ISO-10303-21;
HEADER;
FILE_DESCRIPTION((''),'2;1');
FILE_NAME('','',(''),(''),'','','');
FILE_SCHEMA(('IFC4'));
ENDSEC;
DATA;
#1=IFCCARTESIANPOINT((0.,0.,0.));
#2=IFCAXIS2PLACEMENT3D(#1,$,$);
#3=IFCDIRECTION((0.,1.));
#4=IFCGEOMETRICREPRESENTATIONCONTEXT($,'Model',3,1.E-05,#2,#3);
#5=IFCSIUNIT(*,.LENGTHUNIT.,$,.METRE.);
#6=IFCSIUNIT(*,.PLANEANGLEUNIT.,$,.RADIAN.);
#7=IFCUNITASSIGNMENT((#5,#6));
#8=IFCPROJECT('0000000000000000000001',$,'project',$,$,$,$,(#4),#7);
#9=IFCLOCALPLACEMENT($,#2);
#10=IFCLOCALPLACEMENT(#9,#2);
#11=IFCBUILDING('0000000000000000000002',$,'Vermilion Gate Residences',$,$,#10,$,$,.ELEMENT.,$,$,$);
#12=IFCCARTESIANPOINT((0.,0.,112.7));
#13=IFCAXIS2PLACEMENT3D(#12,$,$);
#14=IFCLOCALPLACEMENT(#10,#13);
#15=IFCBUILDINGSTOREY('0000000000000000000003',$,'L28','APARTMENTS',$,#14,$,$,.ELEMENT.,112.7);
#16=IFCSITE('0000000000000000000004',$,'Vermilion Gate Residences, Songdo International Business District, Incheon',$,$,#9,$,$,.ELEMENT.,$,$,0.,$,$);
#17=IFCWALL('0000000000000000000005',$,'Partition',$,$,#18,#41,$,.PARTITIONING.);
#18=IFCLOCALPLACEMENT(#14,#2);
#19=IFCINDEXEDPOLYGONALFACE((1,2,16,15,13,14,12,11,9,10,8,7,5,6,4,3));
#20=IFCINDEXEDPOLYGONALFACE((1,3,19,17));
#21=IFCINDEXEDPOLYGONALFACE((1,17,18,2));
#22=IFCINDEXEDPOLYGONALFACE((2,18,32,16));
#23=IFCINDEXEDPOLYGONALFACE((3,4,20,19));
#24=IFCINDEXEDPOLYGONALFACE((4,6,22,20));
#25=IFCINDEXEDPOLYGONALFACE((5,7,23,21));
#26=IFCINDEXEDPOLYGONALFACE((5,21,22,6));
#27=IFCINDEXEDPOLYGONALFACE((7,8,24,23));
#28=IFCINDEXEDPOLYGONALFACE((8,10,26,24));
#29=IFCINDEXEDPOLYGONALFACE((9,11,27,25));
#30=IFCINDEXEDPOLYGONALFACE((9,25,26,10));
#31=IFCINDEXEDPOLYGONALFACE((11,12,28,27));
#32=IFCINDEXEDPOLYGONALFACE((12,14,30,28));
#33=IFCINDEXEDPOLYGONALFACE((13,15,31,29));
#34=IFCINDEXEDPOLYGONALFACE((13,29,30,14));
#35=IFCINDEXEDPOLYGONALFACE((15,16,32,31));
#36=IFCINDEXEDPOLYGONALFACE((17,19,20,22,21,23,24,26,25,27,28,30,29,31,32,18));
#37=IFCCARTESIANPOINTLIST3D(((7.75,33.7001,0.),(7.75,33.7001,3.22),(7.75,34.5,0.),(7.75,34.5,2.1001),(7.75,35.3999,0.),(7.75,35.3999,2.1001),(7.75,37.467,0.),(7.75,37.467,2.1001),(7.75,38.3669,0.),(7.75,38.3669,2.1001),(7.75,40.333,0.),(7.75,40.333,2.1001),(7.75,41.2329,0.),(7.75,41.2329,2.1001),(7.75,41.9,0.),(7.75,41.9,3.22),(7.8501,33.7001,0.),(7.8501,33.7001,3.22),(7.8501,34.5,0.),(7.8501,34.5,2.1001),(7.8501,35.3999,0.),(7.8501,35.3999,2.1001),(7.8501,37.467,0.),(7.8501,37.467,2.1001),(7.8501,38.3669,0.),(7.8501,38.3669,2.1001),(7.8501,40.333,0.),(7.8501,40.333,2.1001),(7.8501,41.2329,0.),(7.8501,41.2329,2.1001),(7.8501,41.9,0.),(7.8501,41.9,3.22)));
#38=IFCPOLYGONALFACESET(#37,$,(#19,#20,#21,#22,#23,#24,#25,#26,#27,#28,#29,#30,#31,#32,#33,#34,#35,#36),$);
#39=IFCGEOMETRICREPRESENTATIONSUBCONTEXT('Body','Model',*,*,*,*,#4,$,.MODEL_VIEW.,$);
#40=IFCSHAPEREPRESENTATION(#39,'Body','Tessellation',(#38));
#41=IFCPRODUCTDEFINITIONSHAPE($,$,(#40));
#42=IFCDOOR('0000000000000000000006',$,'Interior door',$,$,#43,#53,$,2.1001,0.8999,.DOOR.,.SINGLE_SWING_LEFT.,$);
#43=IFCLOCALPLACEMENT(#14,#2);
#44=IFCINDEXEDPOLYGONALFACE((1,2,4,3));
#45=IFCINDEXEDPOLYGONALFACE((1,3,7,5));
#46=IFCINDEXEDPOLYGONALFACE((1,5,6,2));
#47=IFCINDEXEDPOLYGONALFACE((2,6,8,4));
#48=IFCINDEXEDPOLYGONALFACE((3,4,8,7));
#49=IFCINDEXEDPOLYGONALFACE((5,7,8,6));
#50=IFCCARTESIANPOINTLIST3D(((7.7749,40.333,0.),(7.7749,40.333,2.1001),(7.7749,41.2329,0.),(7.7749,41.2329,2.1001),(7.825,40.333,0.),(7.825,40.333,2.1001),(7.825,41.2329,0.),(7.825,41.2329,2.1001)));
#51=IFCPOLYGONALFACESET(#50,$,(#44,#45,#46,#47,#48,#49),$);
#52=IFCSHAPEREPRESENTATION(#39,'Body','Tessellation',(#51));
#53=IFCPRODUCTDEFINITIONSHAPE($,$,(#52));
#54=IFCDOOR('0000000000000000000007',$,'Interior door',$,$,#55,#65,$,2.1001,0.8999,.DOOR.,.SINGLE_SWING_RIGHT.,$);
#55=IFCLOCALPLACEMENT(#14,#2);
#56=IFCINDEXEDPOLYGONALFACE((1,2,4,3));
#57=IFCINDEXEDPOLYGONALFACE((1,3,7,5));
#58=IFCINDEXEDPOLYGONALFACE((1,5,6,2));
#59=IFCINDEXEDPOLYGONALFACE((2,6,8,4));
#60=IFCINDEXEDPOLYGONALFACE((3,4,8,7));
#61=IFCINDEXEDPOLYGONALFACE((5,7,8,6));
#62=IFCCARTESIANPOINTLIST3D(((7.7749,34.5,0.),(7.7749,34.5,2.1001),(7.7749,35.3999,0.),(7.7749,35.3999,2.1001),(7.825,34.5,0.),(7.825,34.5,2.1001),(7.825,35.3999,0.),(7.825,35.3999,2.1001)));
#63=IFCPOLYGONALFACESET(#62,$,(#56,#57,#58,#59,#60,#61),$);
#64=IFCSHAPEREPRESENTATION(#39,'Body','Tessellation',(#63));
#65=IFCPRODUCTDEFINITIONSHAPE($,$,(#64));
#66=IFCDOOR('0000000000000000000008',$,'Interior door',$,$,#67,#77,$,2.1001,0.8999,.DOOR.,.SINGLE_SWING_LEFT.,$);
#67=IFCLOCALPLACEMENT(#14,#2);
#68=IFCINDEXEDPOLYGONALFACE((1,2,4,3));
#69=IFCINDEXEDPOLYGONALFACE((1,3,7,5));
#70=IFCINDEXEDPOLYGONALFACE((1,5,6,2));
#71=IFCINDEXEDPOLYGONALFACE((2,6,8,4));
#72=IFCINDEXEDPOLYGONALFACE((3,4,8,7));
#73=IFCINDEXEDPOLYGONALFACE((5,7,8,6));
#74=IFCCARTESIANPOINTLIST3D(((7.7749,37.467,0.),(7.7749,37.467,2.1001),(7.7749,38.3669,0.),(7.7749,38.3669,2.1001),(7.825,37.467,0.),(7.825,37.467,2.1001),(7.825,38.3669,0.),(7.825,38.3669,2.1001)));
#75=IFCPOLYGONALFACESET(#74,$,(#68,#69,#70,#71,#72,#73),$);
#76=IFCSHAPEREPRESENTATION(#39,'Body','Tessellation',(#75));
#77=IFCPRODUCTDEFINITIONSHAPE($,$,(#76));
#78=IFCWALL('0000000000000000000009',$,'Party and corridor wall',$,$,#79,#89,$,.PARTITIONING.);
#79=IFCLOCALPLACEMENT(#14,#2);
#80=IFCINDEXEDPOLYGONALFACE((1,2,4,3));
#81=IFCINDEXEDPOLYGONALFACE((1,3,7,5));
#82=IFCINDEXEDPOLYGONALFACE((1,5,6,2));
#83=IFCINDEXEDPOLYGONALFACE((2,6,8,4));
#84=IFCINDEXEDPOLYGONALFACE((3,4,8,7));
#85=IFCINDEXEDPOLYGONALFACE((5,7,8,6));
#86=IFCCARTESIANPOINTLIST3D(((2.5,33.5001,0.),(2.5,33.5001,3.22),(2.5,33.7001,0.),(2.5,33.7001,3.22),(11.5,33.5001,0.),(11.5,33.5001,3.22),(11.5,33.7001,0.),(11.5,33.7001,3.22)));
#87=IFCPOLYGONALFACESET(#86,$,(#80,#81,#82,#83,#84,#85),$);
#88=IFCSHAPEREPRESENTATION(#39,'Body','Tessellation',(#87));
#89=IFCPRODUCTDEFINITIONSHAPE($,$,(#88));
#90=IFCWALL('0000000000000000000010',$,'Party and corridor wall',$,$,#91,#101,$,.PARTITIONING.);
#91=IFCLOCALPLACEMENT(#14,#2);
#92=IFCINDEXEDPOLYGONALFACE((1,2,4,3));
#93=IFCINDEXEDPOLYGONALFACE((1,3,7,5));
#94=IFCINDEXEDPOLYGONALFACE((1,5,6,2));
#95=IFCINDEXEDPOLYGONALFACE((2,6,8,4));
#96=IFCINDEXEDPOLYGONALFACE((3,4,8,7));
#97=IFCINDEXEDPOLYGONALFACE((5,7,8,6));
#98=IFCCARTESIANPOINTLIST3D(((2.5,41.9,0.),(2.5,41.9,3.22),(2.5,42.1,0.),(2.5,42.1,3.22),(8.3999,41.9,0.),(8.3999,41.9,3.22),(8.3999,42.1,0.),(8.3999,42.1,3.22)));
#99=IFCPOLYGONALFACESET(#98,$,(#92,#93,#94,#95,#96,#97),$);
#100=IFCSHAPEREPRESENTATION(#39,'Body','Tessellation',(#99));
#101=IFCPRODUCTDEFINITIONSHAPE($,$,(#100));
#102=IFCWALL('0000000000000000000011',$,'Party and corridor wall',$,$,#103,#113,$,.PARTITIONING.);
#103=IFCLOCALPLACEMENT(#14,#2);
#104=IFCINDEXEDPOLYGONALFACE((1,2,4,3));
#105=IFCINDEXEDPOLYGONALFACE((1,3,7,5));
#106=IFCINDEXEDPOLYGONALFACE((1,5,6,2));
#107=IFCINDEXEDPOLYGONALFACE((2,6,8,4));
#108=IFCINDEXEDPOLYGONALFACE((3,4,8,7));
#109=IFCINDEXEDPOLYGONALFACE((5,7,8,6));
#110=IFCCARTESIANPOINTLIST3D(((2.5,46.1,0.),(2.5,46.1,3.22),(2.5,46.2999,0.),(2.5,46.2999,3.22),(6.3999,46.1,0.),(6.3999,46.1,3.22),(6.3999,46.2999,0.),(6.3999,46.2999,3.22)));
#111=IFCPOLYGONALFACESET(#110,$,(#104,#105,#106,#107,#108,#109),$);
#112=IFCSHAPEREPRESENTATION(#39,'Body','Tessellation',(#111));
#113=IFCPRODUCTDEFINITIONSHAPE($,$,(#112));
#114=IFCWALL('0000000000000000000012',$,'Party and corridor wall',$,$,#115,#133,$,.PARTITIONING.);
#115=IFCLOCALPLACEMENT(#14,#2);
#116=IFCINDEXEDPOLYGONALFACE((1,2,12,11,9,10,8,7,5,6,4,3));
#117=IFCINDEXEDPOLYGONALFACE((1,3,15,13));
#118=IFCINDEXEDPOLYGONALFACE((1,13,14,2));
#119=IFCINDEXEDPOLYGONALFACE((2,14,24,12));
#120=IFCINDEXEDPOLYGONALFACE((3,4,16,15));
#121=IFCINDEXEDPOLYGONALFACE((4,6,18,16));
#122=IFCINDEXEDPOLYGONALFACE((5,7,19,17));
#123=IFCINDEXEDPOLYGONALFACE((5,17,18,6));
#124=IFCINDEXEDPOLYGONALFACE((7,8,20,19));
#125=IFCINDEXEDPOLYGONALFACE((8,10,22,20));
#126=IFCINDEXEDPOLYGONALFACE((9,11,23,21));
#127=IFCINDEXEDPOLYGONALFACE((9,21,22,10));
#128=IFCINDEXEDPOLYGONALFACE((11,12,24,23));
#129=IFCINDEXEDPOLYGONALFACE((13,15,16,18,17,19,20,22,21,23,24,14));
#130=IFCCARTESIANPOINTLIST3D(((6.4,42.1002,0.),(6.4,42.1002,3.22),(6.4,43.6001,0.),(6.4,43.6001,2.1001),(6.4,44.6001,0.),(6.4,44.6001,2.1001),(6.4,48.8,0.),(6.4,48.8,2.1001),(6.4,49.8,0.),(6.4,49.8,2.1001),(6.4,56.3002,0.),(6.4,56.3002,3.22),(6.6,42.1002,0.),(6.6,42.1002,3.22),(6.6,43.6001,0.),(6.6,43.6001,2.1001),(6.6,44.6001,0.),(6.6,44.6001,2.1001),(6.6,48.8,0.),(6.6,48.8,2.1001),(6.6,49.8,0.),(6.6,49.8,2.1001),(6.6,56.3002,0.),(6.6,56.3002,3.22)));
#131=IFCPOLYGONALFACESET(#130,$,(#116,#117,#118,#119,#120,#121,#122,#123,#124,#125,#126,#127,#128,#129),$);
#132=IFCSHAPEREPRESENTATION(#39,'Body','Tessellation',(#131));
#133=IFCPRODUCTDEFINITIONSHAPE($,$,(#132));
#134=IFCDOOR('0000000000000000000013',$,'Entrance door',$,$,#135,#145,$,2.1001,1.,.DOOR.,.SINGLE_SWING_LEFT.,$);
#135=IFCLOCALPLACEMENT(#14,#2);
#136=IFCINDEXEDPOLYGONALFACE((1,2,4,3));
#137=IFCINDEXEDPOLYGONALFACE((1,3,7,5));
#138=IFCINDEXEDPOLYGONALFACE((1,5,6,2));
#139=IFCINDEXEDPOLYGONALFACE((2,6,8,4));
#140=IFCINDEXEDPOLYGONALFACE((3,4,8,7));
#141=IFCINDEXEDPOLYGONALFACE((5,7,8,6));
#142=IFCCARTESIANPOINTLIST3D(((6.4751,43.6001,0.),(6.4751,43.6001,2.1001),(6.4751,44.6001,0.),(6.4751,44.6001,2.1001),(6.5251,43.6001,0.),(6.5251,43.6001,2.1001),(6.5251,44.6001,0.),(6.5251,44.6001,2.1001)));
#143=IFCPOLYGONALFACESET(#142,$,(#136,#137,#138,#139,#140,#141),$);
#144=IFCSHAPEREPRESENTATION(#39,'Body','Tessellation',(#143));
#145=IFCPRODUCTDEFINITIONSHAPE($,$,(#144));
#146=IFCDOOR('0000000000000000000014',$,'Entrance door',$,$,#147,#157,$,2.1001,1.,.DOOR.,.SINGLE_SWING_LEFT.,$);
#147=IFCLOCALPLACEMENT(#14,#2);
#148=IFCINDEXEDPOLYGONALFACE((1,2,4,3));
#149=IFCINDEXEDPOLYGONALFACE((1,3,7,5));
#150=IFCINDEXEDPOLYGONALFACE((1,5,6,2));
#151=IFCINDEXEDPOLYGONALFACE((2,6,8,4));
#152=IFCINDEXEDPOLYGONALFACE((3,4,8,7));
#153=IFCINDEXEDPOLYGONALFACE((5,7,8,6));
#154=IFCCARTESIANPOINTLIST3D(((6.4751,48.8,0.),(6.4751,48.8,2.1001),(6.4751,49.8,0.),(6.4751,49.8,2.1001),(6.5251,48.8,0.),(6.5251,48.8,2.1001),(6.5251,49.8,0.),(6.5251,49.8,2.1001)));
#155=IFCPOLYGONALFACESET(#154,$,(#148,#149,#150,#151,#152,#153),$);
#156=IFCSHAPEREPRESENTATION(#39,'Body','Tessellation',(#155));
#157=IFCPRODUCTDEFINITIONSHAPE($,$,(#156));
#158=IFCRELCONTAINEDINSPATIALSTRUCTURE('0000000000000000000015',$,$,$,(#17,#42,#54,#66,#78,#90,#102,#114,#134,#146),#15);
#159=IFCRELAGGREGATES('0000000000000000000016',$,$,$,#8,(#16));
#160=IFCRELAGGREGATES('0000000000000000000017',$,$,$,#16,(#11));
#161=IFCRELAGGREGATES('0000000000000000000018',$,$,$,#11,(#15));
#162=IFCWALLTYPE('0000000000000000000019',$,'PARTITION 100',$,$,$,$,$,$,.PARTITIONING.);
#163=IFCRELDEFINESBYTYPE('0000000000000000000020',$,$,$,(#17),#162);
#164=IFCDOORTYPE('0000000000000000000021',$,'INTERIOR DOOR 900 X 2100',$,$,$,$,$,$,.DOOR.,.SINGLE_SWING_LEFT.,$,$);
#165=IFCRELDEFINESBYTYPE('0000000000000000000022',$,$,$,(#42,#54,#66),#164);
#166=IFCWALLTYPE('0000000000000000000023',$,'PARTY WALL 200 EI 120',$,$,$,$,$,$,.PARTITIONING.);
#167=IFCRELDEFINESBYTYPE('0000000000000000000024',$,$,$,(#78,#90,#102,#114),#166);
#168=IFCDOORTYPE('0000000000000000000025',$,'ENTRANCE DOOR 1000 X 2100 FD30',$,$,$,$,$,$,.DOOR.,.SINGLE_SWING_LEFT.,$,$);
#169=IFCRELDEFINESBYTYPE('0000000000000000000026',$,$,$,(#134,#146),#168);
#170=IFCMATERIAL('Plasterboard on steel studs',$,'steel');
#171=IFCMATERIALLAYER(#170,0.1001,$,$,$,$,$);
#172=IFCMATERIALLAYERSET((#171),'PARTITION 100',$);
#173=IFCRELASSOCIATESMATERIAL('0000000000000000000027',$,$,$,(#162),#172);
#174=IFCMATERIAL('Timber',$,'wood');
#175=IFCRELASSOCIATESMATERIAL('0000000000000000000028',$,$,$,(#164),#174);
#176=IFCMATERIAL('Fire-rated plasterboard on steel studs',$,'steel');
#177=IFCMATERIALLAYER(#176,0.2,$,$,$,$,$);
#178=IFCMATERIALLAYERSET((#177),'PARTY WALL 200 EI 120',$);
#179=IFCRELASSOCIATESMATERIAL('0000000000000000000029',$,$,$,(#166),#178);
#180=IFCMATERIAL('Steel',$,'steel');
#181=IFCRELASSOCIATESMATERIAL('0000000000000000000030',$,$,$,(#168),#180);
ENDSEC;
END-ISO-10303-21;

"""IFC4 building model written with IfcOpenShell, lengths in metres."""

from ifc_helpers import new_model, si_unit, direction, frame, frame_2d, origin, place, context, subcontext, project, spatial, rectangle, extrude, material, layer, layer_set, type_object, element, fill, save


model = new_model("IFC4")

# Units and contexts
model_context = context("Model", 3, precision=1e-05, world=origin(), true_north=direction((0.0, 1.0)))
body_context = subcontext(model_context, "Body", "Model", "MODEL_VIEW")
ifc_project = project(units=[si_unit("LENGTHUNIT", "METRE"), si_unit("PLANEANGLEUNIT", "RADIAN")], contexts=[model_context])

# Site, building, storey
site_placement = place(None, origin())
site = spatial("IfcSite", under=ifc_project, at=site_placement, Name="Vermilion Gate Residences, Songdo International Business District, Incheon", CompositionType="ELEMENT", RefElevation=0.0)
building_placement = place(site_placement, origin())
building = spatial("IfcBuilding", under=site, at=building_placement, Name="Vermilion Gate Residences", CompositionType="ELEMENT")
storey_placement = place(building_placement, frame((0.0, 0.0, 112.7)))
storey = spatial("IfcBuildingStorey", under=building, at=storey_placement, Name="L28", Description="APARTMENTS", CompositionType="ELEMENT", Elevation=112.7)

# Shared definitions
ifc_material_1 = material(Name="Plasterboard on steel studs", Category="steel")
ifc_layer_1 = layer(ifc_material_1, 0.1001)
ifc_layer_set_1 = layer_set([ifc_layer_1], Name="PARTITION 100")
wall_type_1 = type_object("IfcWallType", Name="PARTITION 100", PredefinedType="PARTITIONING", material=ifc_layer_set_1)

# Wall, openings, doors
ifc_material_2 = material(Name="Timber", Category="wood")
door_type_1 = type_object("IfcDoorType", Name="INTERIOR DOOR 900 X 2100", OperationType="SINGLE_SWING_LEFT", PredefinedType="DOOR", material=ifc_material_2)
wall_1_placement = place(storey_placement, frame((7.8, 33.7, 0.0), z_axis=(0.0, 0.0, 1.0), x_axis=(0.0, 1.0, 0.0)))
wall_1 = element("IfcWall", 1, at=wall_1_placement, inside=storey, type_object=wall_type_1, Name="Partition", PredefinedType="PARTITIONING", context=body_context, shape_type="SweptSolid", body=[
    extrude(rectangle(XDim=8.2, YDim=0.1001, at=frame_2d((4.1001, 0.0))), origin(), (0.0, 0.0, 1.0), 3.22),
])
opening_1_placement = place(wall_1_placement, frame((6.6331, 0.0, 0.0)))
opening_1 = element("IfcOpeningElement", 2, at=opening_1_placement, cuts=wall_1, PredefinedType="OPENING", context=body_context, shape_type="SweptSolid", body=[
    extrude(rectangle(XDim=0.8999, YDim=2.1001, at=frame_2d((0.45, 1.05))), frame((0.0, 0.0601, 0.0), z_axis=(0.0, -1.0, 0.0), x_axis=(1.0, 0.0, 0.0)), (0.0, 0.0, 1.0), 0.1201),
])
opening_2_placement = place(wall_1_placement, frame((0.8, 0.0, 0.0)))
opening_2 = element("IfcOpeningElement", 3, at=opening_2_placement, cuts=wall_1, PredefinedType="OPENING", context=body_context, shape_type="SweptSolid", body=[
    extrude(rectangle(XDim=0.8999, YDim=2.1001, at=frame_2d((0.45, 1.05))), frame((0.0, 0.0601, 0.0), z_axis=(0.0, -1.0, 0.0), x_axis=(1.0, 0.0, 0.0)), (0.0, 0.0, 1.0), 0.1201),
])
opening_3_placement = place(wall_1_placement, frame((3.7671, 0.0, 0.0)))
opening_3 = element("IfcOpeningElement", 4, at=opening_3_placement, cuts=wall_1, PredefinedType="OPENING", context=body_context, shape_type="SweptSolid", body=[
    extrude(rectangle(XDim=0.8999, YDim=2.1001, at=frame_2d((0.45, 1.05))), frame((0.0, 0.0601, 0.0), z_axis=(0.0, -1.0, 0.0), x_axis=(1.0, 0.0, 0.0)), (0.0, 0.0, 1.0), 0.1201),
])
door_1_placement = place(opening_1_placement, frame((0.8999, 0.0, 0.0), z_axis=(0.0, 0.0, 1.0), x_axis=(-1.0, 0.0, 0.0)))
door_1 = element("IfcDoor", 5, at=door_1_placement, inside=storey, type_object=door_type_1, Name="Interior door", OperationType="SINGLE_SWING_LEFT", OverallHeight=2.1001, OverallWidth=0.8999, PredefinedType="DOOR", context=body_context, shape_type="SweptSolid", body=[
    extrude(rectangle(XDim=0.8999, YDim=2.1001, at=frame_2d((0.45, 1.05))), frame((0.0, 0.0249, 0.0), z_axis=(0.0, -1.0, 0.0), x_axis=(1.0, 0.0, 0.0)), (0.0, 0.0, 1.0), 0.05),
])
fill(opening_1, door_1)
door_2_placement = place(opening_2_placement, frame((0.8999, 0.0, 0.0), z_axis=(0.0, 0.0, 1.0), x_axis=(-1.0, 0.0, 0.0)))
door_2 = element("IfcDoor", 6, at=door_2_placement, inside=storey, type_object=door_type_1, Name="Interior door", OperationType="SINGLE_SWING_RIGHT", OverallHeight=2.1001, OverallWidth=0.8999, PredefinedType="DOOR", context=body_context, shape_type="SweptSolid", body=[
    extrude(rectangle(XDim=0.8999, YDim=2.1001, at=frame_2d((0.45, 1.05))), frame((0.0, 0.0249, 0.0), z_axis=(0.0, -1.0, 0.0), x_axis=(1.0, 0.0, 0.0)), (0.0, 0.0, 1.0), 0.05),
])
fill(opening_2, door_2)
door_3_placement = place(opening_3_placement, frame((0.8999, 0.0, 0.0), z_axis=(0.0, 0.0, 1.0), x_axis=(-1.0, 0.0, 0.0)))
door_3 = element("IfcDoor", 7, at=door_3_placement, inside=storey, type_object=door_type_1, Name="Interior door", OperationType="SINGLE_SWING_LEFT", OverallHeight=2.1001, OverallWidth=0.8999, PredefinedType="DOOR", context=body_context, shape_type="SweptSolid", body=[
    extrude(rectangle(XDim=0.8999, YDim=2.1001, at=frame_2d((0.45, 1.05))), frame((0.0, 0.0249, 0.0), z_axis=(0.0, -1.0, 0.0), x_axis=(1.0, 0.0, 0.0)), (0.0, 0.0, 1.0), 0.05),
])
fill(opening_3, door_3)

# Walls
ifc_material_3 = material(Name="Fire-rated plasterboard on steel studs", Category="steel")
ifc_layer_2 = layer(ifc_material_3, 0.2)
ifc_layer_set_2 = layer_set([ifc_layer_2], Name="PARTY WALL 200 EI 120")
wall_type_2 = type_object("IfcWallType", Name="PARTY WALL 200 EI 120", PredefinedType="PARTITIONING", material=ifc_layer_set_2)
wall_2_placement = place(storey_placement, frame((2.5, 33.6001, 0.0), z_axis=(0.0, 0.0, 1.0), x_axis=(1.0, 0.0, 0.0)))
element("IfcWall", 8, at=wall_2_placement, inside=storey, type_object=wall_type_2, Name="Party and corridor wall", PredefinedType="PARTITIONING", context=body_context, shape_type="SweptSolid", body=[
    extrude(rectangle(XDim=9.0, YDim=0.2, at=frame_2d((4.5, 0.0))), origin(), (0.0, 0.0, 1.0), 3.22),
])
wall_3_placement = place(storey_placement, frame((2.5, 42.0, 0.0), z_axis=(0.0, 0.0, 1.0), x_axis=(1.0, 0.0, 0.0)))
element("IfcWall", 9, at=wall_3_placement, inside=storey, type_object=wall_type_2, Name="Party and corridor wall", PredefinedType="PARTITIONING", context=body_context, shape_type="SweptSolid", body=[
    extrude(rectangle(XDim=5.8999, YDim=0.2, at=frame_2d((2.95, 0.0))), origin(), (0.0, 0.0, 1.0), 3.22),
])
wall_4_placement = place(storey_placement, frame((2.5, 46.2, 0.0), z_axis=(0.0, 0.0, 1.0), x_axis=(1.0, 0.0, 0.0)))
element("IfcWall", 10, at=wall_4_placement, inside=storey, type_object=wall_type_2, Name="Party and corridor wall", PredefinedType="PARTITIONING", context=body_context, shape_type="SweptSolid", body=[
    extrude(rectangle(XDim=3.8999, YDim=0.2, at=frame_2d((1.95, 0.0))), origin(), (0.0, 0.0, 1.0), 3.22),
])

# Wall, openings, doors
wall_5_placement = place(storey_placement, frame((6.5, 42.1001, 0.0), z_axis=(0.0, 0.0, 1.0), x_axis=(0.0, 1.0, 0.0)))
wall_5 = element("IfcWall", 11, at=wall_5_placement, inside=storey, type_object=wall_type_2, Name="Party and corridor wall", PredefinedType="PARTITIONING", context=body_context, shape_type="SweptSolid", body=[
    extrude(rectangle(XDim=14.2, YDim=0.2, at=frame_2d((7.1001, 0.0))), origin(), (0.0, 0.0, 1.0), 3.22),
])
opening_4_placement = place(wall_5_placement, frame((1.5, 0.0, 0.0)))
opening_4 = element("IfcOpeningElement", 12, at=opening_4_placement, cuts=wall_5, PredefinedType="OPENING", context=body_context, shape_type="SweptSolid", body=[
    extrude(rectangle(XDim=1.0, YDim=2.1001, at=frame_2d((0.5, 1.05))), frame((0.0, 0.1099, 0.0), z_axis=(0.0, -1.0, 0.0), x_axis=(1.0, 0.0, 0.0)), (0.0, 0.0, 1.0), 0.22),
])
opening_5_placement = place(wall_5_placement, frame((6.7, 0.0, 0.0)))
opening_5 = element("IfcOpeningElement", 13, at=opening_5_placement, cuts=wall_5, PredefinedType="OPENING", context=body_context, shape_type="SweptSolid", body=[
    extrude(rectangle(XDim=1.0, YDim=2.1001, at=frame_2d((0.5, 1.05))), frame((0.0, 0.1099, 0.0), z_axis=(0.0, -1.0, 0.0), x_axis=(1.0, 0.0, 0.0)), (0.0, 0.0, 1.0), 0.22),
])
ifc_material_4 = material(Name="Steel", Category="steel")
door_type_2 = type_object("IfcDoorType", Name="ENTRANCE DOOR 1000 X 2100 FD30", OperationType="SINGLE_SWING_LEFT", PredefinedType="DOOR", material=ifc_material_4)
door_4_placement = place(opening_4_placement, origin())
door_4 = element("IfcDoor", 14, at=door_4_placement, inside=storey, type_object=door_type_2, Name="Entrance door", OperationType="SINGLE_SWING_LEFT", OverallHeight=2.1001, OverallWidth=1.0, PredefinedType="DOOR", context=body_context, shape_type="SweptSolid", body=[
    extrude(rectangle(XDim=1.0, YDim=2.1001, at=frame_2d((0.5, 1.05))), frame((0.0, 0.0249, 0.0), z_axis=(0.0, -1.0, 0.0), x_axis=(1.0, 0.0, 0.0)), (0.0, 0.0, 1.0), 0.05),
])
fill(opening_4, door_4)
door_5_placement = place(opening_5_placement, origin())
door_5 = element("IfcDoor", 15, at=door_5_placement, inside=storey, type_object=door_type_2, Name="Entrance door", OperationType="SINGLE_SWING_LEFT", OverallHeight=2.1001, OverallWidth=1.0, PredefinedType="DOOR", context=body_context, shape_type="SweptSolid", body=[
    extrude(rectangle(XDim=1.0, YDim=2.1001, at=frame_2d((0.5, 1.05))), frame((0.0, 0.0249, 0.0), z_axis=(0.0, -1.0, 0.0), x_axis=(1.0, 0.0, 0.0)), (0.0, 0.0, 1.0), 0.05),
])
fill(opening_5, door_5)

save(model, "model.ifc")
